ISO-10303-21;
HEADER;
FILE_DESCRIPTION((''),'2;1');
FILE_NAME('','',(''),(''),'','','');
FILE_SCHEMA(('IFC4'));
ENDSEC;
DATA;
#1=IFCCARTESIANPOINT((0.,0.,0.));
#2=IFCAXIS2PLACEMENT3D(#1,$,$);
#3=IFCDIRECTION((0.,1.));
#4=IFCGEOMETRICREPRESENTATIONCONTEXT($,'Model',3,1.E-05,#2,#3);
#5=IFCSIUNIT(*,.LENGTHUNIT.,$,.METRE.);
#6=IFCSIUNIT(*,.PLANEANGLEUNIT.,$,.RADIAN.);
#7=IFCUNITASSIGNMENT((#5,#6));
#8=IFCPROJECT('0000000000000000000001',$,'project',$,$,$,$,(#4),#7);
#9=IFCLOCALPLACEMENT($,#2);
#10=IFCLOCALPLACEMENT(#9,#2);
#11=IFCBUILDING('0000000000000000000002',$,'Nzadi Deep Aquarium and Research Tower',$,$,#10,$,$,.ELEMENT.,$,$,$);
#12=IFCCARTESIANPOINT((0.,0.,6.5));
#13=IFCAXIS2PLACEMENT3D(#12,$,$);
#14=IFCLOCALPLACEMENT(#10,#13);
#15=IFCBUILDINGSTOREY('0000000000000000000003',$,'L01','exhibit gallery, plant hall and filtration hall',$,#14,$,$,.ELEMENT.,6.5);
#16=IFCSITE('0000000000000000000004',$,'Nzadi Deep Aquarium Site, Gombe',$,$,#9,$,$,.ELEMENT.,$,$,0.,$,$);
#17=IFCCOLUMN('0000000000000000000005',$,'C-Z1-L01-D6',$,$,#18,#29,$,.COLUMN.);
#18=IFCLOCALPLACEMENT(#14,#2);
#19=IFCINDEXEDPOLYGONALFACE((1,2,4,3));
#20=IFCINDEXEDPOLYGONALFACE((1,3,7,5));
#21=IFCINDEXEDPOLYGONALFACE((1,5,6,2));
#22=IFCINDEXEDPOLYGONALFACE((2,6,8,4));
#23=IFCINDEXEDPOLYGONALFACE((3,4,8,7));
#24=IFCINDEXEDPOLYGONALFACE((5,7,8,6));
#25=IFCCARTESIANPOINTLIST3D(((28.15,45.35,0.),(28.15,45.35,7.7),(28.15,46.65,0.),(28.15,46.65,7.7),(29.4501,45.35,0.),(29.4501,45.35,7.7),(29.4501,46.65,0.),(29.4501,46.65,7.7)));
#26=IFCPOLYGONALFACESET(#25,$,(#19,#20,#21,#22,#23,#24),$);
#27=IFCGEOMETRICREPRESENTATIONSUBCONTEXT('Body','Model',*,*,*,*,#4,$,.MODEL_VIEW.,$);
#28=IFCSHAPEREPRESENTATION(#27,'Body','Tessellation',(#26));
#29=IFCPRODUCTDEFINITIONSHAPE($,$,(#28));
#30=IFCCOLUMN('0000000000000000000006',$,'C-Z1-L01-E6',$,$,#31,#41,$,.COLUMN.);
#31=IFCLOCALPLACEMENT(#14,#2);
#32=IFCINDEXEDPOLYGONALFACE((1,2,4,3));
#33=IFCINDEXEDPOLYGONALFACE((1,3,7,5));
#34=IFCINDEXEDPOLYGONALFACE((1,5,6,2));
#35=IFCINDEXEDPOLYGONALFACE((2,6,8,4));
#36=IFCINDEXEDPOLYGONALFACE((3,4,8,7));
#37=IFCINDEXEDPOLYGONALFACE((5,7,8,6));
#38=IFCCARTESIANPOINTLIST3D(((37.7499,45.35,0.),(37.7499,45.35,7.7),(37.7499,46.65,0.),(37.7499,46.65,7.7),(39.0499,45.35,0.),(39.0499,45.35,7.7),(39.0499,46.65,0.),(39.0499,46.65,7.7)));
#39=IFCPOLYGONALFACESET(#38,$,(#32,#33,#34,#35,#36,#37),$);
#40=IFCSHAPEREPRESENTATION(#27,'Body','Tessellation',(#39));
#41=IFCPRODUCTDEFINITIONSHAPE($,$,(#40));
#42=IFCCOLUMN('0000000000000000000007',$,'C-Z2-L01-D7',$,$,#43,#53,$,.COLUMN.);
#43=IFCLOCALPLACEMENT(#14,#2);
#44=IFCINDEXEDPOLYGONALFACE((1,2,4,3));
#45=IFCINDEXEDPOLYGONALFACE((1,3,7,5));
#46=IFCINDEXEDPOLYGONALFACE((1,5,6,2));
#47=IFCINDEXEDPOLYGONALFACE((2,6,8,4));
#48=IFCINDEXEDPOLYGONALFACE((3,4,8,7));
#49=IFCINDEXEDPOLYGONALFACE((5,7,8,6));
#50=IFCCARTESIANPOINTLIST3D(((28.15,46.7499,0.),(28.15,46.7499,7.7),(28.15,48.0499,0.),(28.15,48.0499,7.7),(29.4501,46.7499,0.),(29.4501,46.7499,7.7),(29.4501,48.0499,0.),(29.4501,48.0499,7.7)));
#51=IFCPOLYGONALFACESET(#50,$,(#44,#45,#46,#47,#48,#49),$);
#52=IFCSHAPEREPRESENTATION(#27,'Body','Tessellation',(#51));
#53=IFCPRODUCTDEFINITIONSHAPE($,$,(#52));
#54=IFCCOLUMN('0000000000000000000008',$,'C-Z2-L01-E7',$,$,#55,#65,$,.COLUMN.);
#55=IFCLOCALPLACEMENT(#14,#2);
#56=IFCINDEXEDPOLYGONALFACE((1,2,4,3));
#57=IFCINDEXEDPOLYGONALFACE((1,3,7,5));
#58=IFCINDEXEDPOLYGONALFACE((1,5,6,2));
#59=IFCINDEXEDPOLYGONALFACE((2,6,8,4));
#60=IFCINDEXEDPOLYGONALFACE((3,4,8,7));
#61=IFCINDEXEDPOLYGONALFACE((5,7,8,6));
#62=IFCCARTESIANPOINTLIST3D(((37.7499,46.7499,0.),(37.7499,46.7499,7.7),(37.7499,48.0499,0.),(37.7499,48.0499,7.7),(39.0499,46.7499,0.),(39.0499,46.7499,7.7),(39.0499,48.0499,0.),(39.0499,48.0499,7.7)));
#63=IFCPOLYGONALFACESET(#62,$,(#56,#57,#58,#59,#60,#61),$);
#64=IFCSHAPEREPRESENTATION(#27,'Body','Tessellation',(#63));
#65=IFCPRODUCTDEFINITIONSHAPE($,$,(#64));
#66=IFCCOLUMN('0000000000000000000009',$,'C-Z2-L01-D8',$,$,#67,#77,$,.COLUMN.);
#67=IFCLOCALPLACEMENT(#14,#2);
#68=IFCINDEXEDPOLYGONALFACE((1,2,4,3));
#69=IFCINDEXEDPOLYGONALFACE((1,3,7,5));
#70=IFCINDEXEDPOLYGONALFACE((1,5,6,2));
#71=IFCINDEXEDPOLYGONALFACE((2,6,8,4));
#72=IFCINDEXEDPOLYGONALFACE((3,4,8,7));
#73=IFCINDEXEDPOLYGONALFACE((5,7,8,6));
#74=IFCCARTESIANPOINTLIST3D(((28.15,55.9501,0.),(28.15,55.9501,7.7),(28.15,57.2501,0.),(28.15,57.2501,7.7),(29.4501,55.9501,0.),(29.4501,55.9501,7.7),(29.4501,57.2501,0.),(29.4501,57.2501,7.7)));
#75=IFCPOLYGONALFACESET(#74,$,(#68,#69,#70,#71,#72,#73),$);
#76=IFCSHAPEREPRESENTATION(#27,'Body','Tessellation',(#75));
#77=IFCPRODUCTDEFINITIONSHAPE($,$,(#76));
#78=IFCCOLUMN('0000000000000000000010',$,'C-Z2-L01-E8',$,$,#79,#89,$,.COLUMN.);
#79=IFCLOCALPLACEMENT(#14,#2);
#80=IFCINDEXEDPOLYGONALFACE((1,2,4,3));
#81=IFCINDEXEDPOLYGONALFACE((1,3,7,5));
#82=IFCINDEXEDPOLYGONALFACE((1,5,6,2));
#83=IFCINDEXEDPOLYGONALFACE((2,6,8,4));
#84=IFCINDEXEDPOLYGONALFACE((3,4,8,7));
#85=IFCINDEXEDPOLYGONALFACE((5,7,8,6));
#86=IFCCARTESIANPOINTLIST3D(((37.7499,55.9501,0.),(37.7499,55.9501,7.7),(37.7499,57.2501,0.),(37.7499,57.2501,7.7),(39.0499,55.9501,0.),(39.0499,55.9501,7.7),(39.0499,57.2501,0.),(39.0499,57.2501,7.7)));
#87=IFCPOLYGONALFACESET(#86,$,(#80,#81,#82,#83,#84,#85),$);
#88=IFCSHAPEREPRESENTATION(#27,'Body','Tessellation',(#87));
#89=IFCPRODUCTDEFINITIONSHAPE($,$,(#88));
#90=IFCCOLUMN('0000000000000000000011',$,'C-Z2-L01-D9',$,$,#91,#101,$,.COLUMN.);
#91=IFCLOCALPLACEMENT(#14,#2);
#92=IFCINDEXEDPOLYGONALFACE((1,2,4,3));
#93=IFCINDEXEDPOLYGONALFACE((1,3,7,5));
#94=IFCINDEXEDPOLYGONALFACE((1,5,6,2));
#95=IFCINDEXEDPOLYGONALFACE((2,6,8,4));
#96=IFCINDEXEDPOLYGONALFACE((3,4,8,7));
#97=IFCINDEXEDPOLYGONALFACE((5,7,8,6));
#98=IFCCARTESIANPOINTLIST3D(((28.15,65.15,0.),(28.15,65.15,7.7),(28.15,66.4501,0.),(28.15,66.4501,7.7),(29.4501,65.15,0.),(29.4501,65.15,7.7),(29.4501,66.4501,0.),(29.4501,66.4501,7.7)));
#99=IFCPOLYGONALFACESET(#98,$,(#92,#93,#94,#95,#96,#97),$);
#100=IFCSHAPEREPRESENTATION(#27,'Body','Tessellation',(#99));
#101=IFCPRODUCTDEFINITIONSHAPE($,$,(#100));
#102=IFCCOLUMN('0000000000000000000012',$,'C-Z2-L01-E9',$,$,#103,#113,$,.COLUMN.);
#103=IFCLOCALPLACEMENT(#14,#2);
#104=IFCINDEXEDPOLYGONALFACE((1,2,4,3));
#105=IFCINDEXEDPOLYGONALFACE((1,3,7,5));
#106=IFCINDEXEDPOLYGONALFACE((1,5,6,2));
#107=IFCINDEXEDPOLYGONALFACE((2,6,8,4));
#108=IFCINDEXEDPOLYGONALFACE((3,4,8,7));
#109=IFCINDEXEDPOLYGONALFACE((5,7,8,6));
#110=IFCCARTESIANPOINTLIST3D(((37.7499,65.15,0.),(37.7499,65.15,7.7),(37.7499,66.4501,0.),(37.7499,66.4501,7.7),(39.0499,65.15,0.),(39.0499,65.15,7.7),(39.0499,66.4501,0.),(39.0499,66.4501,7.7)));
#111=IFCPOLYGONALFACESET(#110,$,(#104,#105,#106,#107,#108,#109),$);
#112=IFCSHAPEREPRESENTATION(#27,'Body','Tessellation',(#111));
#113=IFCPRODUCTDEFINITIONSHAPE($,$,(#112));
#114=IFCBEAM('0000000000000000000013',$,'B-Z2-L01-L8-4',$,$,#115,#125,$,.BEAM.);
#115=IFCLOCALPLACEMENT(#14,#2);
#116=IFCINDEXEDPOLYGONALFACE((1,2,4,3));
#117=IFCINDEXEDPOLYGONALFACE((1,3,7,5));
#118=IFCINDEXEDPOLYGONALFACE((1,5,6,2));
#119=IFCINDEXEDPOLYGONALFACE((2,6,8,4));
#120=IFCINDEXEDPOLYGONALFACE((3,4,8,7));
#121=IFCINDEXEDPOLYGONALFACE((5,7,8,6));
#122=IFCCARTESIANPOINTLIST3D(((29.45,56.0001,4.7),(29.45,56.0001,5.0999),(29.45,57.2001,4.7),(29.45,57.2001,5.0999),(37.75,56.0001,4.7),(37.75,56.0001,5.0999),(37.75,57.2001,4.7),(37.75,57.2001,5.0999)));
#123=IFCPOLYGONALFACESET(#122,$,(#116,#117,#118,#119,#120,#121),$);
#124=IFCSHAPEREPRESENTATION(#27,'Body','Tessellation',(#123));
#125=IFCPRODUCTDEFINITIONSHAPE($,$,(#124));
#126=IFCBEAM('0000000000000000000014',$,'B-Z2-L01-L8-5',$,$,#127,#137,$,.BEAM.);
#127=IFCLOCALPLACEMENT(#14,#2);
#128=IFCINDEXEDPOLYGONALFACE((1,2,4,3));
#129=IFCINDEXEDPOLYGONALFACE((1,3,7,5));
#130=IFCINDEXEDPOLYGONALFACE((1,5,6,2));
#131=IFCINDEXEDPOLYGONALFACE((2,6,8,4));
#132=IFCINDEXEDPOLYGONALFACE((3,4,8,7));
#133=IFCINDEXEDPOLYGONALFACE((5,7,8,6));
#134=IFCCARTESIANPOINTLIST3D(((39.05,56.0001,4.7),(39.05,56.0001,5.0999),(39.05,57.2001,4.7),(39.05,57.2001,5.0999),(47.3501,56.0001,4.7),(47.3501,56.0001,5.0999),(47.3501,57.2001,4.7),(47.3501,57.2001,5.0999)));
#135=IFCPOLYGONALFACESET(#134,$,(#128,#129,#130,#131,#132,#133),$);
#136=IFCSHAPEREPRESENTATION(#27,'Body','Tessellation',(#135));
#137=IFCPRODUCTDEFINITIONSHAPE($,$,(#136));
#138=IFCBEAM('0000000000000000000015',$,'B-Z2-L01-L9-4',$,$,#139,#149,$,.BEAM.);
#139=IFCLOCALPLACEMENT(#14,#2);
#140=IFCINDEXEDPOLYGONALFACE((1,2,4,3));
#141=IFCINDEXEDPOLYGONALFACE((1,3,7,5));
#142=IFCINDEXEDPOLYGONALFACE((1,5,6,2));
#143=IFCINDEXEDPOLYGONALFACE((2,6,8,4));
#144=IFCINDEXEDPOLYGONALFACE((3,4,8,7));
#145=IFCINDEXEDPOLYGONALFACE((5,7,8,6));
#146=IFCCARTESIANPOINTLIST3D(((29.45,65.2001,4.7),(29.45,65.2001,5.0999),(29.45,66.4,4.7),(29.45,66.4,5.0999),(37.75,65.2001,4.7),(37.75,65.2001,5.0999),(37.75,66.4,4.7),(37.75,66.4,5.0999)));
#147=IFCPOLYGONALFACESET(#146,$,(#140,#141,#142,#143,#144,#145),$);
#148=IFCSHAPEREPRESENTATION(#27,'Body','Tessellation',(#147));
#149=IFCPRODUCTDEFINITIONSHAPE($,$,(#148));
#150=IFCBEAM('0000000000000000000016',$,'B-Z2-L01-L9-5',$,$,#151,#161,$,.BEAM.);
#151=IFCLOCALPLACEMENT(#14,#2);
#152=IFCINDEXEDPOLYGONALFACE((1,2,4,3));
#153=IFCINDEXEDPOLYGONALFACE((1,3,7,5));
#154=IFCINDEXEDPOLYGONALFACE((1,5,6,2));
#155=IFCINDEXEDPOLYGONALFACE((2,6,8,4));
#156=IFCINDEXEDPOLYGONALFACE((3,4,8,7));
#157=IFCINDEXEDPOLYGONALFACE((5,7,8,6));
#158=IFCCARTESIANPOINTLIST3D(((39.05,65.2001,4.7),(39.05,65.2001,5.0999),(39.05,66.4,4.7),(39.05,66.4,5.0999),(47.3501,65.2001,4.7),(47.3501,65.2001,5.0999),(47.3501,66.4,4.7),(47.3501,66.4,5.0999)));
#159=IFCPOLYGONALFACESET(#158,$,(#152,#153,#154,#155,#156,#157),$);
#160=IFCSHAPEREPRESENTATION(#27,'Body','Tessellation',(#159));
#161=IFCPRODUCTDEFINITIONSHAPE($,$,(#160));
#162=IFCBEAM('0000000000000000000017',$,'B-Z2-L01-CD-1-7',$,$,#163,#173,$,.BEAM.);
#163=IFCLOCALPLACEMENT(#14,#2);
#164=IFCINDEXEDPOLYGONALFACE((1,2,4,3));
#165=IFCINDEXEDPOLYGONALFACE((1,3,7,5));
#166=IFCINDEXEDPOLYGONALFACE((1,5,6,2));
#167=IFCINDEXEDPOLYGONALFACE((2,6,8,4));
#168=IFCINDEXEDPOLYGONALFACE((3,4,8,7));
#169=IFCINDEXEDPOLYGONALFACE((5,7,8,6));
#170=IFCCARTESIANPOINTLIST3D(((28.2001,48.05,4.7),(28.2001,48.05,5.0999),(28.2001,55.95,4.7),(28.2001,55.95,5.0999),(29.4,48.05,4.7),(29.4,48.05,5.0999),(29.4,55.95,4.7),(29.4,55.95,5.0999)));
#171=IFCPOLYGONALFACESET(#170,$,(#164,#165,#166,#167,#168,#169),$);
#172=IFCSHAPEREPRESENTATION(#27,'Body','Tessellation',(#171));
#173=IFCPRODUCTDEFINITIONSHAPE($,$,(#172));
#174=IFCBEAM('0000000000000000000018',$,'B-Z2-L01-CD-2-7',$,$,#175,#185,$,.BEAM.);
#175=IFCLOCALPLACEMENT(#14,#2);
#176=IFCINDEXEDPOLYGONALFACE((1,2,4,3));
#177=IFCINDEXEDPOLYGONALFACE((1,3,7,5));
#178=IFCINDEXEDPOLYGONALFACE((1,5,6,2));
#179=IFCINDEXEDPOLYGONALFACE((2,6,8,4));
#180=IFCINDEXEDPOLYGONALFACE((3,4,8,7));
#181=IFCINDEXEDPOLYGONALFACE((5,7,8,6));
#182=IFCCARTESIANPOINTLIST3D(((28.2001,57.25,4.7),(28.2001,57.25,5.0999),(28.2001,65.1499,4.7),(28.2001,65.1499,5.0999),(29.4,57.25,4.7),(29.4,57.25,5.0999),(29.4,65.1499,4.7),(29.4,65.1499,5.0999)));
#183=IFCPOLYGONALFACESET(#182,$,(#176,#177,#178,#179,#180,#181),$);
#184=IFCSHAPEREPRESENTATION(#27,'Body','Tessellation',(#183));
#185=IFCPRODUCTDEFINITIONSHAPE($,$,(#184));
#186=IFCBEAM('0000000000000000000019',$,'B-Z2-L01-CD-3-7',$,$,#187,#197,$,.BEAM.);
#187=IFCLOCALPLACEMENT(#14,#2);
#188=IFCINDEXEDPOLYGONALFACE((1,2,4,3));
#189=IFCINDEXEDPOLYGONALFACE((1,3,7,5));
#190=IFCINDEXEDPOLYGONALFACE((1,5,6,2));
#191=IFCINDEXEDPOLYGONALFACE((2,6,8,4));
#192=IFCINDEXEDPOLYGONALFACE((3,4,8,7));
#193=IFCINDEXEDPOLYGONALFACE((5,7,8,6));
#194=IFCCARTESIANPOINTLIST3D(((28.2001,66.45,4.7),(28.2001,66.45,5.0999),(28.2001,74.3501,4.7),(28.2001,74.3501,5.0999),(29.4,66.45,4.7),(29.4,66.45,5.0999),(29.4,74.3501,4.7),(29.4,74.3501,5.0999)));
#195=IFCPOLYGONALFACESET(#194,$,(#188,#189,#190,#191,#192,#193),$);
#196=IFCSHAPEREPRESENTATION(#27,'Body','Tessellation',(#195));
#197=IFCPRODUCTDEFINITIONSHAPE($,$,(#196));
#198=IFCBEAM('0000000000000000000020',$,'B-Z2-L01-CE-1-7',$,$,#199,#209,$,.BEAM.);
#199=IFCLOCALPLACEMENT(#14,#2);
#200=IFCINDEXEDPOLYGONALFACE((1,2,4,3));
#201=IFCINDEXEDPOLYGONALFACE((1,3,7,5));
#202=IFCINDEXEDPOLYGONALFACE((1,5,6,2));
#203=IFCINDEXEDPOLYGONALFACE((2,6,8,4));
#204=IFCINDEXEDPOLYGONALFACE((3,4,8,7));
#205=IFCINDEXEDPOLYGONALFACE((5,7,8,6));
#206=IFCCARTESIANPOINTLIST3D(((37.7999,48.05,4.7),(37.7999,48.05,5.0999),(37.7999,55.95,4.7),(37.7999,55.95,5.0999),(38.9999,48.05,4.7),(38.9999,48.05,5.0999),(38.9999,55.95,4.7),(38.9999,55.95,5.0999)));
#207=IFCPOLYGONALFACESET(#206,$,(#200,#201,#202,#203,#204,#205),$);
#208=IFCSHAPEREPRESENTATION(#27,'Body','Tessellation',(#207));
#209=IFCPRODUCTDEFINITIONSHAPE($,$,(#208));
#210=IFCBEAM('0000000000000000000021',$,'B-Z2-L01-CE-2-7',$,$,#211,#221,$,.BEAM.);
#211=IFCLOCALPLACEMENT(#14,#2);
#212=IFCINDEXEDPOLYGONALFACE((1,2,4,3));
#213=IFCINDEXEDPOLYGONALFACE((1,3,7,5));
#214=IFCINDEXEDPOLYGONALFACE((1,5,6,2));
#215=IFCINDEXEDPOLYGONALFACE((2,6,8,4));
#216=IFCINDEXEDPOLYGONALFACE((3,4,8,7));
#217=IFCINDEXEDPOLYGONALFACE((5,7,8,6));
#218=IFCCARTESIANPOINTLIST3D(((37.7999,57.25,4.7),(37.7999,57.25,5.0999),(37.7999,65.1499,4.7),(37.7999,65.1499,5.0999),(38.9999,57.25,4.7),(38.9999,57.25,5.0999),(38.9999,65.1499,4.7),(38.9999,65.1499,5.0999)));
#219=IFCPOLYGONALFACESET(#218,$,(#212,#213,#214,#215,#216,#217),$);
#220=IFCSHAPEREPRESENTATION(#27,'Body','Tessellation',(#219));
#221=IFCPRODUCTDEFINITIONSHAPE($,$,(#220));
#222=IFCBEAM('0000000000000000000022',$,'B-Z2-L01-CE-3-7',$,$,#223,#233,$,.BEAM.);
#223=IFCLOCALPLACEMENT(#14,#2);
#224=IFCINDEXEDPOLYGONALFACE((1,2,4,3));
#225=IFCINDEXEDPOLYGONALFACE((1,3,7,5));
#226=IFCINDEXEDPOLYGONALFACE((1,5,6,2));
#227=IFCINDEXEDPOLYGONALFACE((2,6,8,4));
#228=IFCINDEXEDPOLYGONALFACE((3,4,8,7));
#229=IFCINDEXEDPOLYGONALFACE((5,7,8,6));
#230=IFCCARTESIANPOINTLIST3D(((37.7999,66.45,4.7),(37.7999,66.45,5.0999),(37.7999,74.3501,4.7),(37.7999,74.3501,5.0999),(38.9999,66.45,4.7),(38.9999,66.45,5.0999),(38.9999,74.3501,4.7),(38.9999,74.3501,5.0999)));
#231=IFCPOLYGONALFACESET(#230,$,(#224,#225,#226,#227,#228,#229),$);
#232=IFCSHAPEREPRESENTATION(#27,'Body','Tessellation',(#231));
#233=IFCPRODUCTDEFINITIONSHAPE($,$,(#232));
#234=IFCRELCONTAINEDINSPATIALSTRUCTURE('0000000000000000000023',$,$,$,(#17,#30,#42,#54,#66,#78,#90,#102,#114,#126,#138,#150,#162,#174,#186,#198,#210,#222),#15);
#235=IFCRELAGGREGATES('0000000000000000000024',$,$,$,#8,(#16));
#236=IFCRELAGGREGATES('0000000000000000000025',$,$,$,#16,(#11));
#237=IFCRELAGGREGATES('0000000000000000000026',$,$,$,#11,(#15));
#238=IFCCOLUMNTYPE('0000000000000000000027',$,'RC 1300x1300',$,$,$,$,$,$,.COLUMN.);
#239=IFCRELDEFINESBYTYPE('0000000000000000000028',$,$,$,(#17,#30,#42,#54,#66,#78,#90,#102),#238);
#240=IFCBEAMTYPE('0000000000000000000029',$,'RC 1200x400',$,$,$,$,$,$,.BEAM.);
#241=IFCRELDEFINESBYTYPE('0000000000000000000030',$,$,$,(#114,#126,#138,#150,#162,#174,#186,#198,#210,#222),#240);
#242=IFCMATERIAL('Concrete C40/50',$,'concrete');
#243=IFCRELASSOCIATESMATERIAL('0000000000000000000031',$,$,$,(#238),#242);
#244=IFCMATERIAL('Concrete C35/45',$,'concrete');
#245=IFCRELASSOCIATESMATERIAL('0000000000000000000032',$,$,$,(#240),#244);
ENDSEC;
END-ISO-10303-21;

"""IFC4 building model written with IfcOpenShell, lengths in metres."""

from ifc_helpers import new_model, si_unit, direction, frame, origin, origin_2d, place, context, subcontext, project, spatial, rectangle, extrude, material, material_profile, profile_set, type_object, element, save


model = new_model("IFC4")

# Units and contexts
model_context = context("Model", 3, precision=1e-05, world=origin(), true_north=direction((0.0, 1.0)))
body_context = subcontext(model_context, "Body", "Model", "MODEL_VIEW")
ifc_project = project(units=[si_unit("LENGTHUNIT", "METRE"), si_unit("PLANEANGLEUNIT", "RADIAN")], contexts=[model_context])

# Site, building, storey
site_placement = place(None, origin())
site = spatial("IfcSite", under=ifc_project, at=site_placement, Name="Nzadi Deep Aquarium Site, Gombe", CompositionType="ELEMENT", RefElevation=0.0)
building_placement = place(site_placement, origin())
building = spatial("IfcBuilding", under=site, at=building_placement, Name="Nzadi Deep Aquarium and Research Tower", CompositionType="ELEMENT")
storey_placement = place(building_placement, frame((0.0, 0.0, 6.5)))
storey = spatial("IfcBuildingStorey", under=building, at=storey_placement, Name="L01", Description="exhibit gallery, plant hall and filtration hall", CompositionType="ELEMENT", Elevation=6.5)

# Columns
ifc_material_1 = material(Name="Concrete C40/50", Category="concrete")
ifc_material_profile_1 = material_profile(ifc_material_1, rectangle(XDim=1.3, YDim=1.3, at=origin_2d()))
ifc_profile_set_1 = profile_set([ifc_material_profile_1], Name="Concrete C40/50")
column_type = type_object("IfcColumnType", Name="RC 1300x1300", PredefinedType="COLUMN", material=ifc_profile_set_1)
for number, where, z_axis, x_axis, name in (
    (1, (28.8, 46.0, 0.0), (0.0, 0.0, 1.0), (1.0, 0.0, 0.0), "C-Z1-L01-D6"),
    (2, (38.3999, 46.0, 0.0), (0.0, 0.0, 1.0), (1.0, 0.0, 0.0), "C-Z1-L01-E6"),
    (3, (28.8, 47.3999, 0.0), (0.0, 0.0, 1.0), (1.0, 0.0, 0.0), "C-Z2-L01-D7"),
    (4, (38.3999, 47.3999, 0.0), (0.0, 0.0, 1.0), (1.0, 0.0, 0.0), "C-Z2-L01-E7"),
    (5, (28.8, 56.6001, 0.0), (0.0, 0.0, 1.0), (1.0, 0.0, 0.0), "C-Z2-L01-D8"),
    (6, (38.3999, 56.6001, 0.0), (0.0, 0.0, 1.0), (1.0, 0.0, 0.0), "C-Z2-L01-E8"),
    (7, (28.8, 65.8, 0.0), (0.0, 0.0, 1.0), (1.0, 0.0, 0.0), "C-Z2-L01-D9"),
    (8, (38.3999, 65.8, 0.0), (0.0, 0.0, 1.0), (1.0, 0.0, 0.0), "C-Z2-L01-E9"),
):
    element("IfcColumn", number, at=place(storey_placement, frame(where, z_axis=z_axis, x_axis=x_axis)), inside=storey, type_object=column_type, Name=name, PredefinedType="COLUMN", context=body_context, shape_type="SweptSolid", body=[
        extrude(rectangle(XDim=1.3, YDim=1.3, at=origin_2d()), origin(), (0.0, 0.0, 1.0), 7.7),
    ])

# Beams
ifc_material_2 = material(Name="Concrete C35/45", Category="concrete")
ifc_material_profile_2 = material_profile(ifc_material_2, rectangle(XDim=1.2, YDim=0.3999, at=origin_2d()))
ifc_profile_set_2 = profile_set([ifc_material_profile_2], Name="Concrete C35/45")
beam_type_1 = type_object("IfcBeamType", Name="RC 1200x400", PredefinedType="BEAM", material=ifc_profile_set_2)
for number, where, z_axis, x_axis, name in (
    (9, (29.45, 56.6001, 4.8999), (1.0, 0.0, 0.0), (0.0, 1.0, 0.0), "B-Z2-L01-L8-4"),
    (10, (39.05, 56.6001, 4.8999), (1.0, 0.0, 0.0), (0.0, 1.0, 0.0), "B-Z2-L01-L8-5"),
    (11, (29.45, 65.8, 4.8999), (1.0, 0.0, 0.0), (0.0, 1.0, 0.0), "B-Z2-L01-L9-4"),
    (12, (39.05, 65.8, 4.8999), (1.0, 0.0, 0.0), (0.0, 1.0, 0.0), "B-Z2-L01-L9-5"),
):
    element("IfcBeam", number, at=place(storey_placement, frame(where, z_axis=z_axis, x_axis=x_axis)), inside=storey, type_object=beam_type_1, Name=name, PredefinedType="BEAM", context=body_context, shape_type="SweptSolid", body=[
        extrude(rectangle(XDim=1.2, YDim=0.3999, at=origin_2d()), origin(), (0.0, 0.0, 1.0), 8.3),
    ])
for number, where, z_axis, x_axis, name in (
    (13, (28.8, 48.05, 4.8999), (0.0, 1.0, 0.0), (-1.0, 0.0, 0.0), "B-Z2-L01-CD-1-7"),
    (14, (28.8, 57.25, 4.8999), (0.0, 1.0, 0.0), (-1.0, 0.0, 0.0), "B-Z2-L01-CD-2-7"),
):
    element("IfcBeam", number, at=place(storey_placement, frame(where, z_axis=z_axis, x_axis=x_axis)), inside=storey, type_object=beam_type_1, Name=name, PredefinedType="BEAM", context=body_context, shape_type="SweptSolid", body=[
        extrude(rectangle(XDim=1.2, YDim=0.3999, at=origin_2d()), origin(), (0.0, 0.0, 1.0), 7.8999),
    ])
beam_1_placement = place(storey_placement, frame((28.8, 66.45, 4.8999), z_axis=(0.0, 1.0, 0.0), x_axis=(-1.0, 0.0, 0.0)))
element("IfcBeam", 15, at=beam_1_placement, inside=storey, type_object=beam_type_1, Name="B-Z2-L01-CD-3-7", PredefinedType="BEAM", context=body_context, shape_type="SweptSolid", body=[
    extrude(rectangle(XDim=1.2, YDim=0.3999, at=origin_2d()), origin(), (0.0, 0.0, 1.0), 7.9001),
])
for number, where, z_axis, x_axis, name in (
    (16, (38.3999, 48.05, 4.8999), (0.0, 1.0, 0.0), (-1.0, 0.0, 0.0), "B-Z2-L01-CE-1-7"),
    (17, (38.3999, 57.25, 4.8999), (0.0, 1.0, 0.0), (-1.0, 0.0, 0.0), "B-Z2-L01-CE-2-7"),
):
    element("IfcBeam", number, at=place(storey_placement, frame(where, z_axis=z_axis, x_axis=x_axis)), inside=storey, type_object=beam_type_1, Name=name, PredefinedType="BEAM", context=body_context, shape_type="SweptSolid", body=[
        extrude(rectangle(XDim=1.2, YDim=0.3999, at=origin_2d()), origin(), (0.0, 0.0, 1.0), 7.8999),
    ])
beam_2_placement = place(storey_placement, frame((38.3999, 66.45, 4.8999), z_axis=(0.0, 1.0, 0.0), x_axis=(-1.0, 0.0, 0.0)))
element("IfcBeam", 18, at=beam_2_placement, inside=storey, type_object=beam_type_1, Name="B-Z2-L01-CE-3-7", PredefinedType="BEAM", context=body_context, shape_type="SweptSolid", body=[
    extrude(rectangle(XDim=1.2, YDim=0.3999, at=origin_2d()), origin(), (0.0, 0.0, 1.0), 7.9001),
])

save(model, "model.ifc")
